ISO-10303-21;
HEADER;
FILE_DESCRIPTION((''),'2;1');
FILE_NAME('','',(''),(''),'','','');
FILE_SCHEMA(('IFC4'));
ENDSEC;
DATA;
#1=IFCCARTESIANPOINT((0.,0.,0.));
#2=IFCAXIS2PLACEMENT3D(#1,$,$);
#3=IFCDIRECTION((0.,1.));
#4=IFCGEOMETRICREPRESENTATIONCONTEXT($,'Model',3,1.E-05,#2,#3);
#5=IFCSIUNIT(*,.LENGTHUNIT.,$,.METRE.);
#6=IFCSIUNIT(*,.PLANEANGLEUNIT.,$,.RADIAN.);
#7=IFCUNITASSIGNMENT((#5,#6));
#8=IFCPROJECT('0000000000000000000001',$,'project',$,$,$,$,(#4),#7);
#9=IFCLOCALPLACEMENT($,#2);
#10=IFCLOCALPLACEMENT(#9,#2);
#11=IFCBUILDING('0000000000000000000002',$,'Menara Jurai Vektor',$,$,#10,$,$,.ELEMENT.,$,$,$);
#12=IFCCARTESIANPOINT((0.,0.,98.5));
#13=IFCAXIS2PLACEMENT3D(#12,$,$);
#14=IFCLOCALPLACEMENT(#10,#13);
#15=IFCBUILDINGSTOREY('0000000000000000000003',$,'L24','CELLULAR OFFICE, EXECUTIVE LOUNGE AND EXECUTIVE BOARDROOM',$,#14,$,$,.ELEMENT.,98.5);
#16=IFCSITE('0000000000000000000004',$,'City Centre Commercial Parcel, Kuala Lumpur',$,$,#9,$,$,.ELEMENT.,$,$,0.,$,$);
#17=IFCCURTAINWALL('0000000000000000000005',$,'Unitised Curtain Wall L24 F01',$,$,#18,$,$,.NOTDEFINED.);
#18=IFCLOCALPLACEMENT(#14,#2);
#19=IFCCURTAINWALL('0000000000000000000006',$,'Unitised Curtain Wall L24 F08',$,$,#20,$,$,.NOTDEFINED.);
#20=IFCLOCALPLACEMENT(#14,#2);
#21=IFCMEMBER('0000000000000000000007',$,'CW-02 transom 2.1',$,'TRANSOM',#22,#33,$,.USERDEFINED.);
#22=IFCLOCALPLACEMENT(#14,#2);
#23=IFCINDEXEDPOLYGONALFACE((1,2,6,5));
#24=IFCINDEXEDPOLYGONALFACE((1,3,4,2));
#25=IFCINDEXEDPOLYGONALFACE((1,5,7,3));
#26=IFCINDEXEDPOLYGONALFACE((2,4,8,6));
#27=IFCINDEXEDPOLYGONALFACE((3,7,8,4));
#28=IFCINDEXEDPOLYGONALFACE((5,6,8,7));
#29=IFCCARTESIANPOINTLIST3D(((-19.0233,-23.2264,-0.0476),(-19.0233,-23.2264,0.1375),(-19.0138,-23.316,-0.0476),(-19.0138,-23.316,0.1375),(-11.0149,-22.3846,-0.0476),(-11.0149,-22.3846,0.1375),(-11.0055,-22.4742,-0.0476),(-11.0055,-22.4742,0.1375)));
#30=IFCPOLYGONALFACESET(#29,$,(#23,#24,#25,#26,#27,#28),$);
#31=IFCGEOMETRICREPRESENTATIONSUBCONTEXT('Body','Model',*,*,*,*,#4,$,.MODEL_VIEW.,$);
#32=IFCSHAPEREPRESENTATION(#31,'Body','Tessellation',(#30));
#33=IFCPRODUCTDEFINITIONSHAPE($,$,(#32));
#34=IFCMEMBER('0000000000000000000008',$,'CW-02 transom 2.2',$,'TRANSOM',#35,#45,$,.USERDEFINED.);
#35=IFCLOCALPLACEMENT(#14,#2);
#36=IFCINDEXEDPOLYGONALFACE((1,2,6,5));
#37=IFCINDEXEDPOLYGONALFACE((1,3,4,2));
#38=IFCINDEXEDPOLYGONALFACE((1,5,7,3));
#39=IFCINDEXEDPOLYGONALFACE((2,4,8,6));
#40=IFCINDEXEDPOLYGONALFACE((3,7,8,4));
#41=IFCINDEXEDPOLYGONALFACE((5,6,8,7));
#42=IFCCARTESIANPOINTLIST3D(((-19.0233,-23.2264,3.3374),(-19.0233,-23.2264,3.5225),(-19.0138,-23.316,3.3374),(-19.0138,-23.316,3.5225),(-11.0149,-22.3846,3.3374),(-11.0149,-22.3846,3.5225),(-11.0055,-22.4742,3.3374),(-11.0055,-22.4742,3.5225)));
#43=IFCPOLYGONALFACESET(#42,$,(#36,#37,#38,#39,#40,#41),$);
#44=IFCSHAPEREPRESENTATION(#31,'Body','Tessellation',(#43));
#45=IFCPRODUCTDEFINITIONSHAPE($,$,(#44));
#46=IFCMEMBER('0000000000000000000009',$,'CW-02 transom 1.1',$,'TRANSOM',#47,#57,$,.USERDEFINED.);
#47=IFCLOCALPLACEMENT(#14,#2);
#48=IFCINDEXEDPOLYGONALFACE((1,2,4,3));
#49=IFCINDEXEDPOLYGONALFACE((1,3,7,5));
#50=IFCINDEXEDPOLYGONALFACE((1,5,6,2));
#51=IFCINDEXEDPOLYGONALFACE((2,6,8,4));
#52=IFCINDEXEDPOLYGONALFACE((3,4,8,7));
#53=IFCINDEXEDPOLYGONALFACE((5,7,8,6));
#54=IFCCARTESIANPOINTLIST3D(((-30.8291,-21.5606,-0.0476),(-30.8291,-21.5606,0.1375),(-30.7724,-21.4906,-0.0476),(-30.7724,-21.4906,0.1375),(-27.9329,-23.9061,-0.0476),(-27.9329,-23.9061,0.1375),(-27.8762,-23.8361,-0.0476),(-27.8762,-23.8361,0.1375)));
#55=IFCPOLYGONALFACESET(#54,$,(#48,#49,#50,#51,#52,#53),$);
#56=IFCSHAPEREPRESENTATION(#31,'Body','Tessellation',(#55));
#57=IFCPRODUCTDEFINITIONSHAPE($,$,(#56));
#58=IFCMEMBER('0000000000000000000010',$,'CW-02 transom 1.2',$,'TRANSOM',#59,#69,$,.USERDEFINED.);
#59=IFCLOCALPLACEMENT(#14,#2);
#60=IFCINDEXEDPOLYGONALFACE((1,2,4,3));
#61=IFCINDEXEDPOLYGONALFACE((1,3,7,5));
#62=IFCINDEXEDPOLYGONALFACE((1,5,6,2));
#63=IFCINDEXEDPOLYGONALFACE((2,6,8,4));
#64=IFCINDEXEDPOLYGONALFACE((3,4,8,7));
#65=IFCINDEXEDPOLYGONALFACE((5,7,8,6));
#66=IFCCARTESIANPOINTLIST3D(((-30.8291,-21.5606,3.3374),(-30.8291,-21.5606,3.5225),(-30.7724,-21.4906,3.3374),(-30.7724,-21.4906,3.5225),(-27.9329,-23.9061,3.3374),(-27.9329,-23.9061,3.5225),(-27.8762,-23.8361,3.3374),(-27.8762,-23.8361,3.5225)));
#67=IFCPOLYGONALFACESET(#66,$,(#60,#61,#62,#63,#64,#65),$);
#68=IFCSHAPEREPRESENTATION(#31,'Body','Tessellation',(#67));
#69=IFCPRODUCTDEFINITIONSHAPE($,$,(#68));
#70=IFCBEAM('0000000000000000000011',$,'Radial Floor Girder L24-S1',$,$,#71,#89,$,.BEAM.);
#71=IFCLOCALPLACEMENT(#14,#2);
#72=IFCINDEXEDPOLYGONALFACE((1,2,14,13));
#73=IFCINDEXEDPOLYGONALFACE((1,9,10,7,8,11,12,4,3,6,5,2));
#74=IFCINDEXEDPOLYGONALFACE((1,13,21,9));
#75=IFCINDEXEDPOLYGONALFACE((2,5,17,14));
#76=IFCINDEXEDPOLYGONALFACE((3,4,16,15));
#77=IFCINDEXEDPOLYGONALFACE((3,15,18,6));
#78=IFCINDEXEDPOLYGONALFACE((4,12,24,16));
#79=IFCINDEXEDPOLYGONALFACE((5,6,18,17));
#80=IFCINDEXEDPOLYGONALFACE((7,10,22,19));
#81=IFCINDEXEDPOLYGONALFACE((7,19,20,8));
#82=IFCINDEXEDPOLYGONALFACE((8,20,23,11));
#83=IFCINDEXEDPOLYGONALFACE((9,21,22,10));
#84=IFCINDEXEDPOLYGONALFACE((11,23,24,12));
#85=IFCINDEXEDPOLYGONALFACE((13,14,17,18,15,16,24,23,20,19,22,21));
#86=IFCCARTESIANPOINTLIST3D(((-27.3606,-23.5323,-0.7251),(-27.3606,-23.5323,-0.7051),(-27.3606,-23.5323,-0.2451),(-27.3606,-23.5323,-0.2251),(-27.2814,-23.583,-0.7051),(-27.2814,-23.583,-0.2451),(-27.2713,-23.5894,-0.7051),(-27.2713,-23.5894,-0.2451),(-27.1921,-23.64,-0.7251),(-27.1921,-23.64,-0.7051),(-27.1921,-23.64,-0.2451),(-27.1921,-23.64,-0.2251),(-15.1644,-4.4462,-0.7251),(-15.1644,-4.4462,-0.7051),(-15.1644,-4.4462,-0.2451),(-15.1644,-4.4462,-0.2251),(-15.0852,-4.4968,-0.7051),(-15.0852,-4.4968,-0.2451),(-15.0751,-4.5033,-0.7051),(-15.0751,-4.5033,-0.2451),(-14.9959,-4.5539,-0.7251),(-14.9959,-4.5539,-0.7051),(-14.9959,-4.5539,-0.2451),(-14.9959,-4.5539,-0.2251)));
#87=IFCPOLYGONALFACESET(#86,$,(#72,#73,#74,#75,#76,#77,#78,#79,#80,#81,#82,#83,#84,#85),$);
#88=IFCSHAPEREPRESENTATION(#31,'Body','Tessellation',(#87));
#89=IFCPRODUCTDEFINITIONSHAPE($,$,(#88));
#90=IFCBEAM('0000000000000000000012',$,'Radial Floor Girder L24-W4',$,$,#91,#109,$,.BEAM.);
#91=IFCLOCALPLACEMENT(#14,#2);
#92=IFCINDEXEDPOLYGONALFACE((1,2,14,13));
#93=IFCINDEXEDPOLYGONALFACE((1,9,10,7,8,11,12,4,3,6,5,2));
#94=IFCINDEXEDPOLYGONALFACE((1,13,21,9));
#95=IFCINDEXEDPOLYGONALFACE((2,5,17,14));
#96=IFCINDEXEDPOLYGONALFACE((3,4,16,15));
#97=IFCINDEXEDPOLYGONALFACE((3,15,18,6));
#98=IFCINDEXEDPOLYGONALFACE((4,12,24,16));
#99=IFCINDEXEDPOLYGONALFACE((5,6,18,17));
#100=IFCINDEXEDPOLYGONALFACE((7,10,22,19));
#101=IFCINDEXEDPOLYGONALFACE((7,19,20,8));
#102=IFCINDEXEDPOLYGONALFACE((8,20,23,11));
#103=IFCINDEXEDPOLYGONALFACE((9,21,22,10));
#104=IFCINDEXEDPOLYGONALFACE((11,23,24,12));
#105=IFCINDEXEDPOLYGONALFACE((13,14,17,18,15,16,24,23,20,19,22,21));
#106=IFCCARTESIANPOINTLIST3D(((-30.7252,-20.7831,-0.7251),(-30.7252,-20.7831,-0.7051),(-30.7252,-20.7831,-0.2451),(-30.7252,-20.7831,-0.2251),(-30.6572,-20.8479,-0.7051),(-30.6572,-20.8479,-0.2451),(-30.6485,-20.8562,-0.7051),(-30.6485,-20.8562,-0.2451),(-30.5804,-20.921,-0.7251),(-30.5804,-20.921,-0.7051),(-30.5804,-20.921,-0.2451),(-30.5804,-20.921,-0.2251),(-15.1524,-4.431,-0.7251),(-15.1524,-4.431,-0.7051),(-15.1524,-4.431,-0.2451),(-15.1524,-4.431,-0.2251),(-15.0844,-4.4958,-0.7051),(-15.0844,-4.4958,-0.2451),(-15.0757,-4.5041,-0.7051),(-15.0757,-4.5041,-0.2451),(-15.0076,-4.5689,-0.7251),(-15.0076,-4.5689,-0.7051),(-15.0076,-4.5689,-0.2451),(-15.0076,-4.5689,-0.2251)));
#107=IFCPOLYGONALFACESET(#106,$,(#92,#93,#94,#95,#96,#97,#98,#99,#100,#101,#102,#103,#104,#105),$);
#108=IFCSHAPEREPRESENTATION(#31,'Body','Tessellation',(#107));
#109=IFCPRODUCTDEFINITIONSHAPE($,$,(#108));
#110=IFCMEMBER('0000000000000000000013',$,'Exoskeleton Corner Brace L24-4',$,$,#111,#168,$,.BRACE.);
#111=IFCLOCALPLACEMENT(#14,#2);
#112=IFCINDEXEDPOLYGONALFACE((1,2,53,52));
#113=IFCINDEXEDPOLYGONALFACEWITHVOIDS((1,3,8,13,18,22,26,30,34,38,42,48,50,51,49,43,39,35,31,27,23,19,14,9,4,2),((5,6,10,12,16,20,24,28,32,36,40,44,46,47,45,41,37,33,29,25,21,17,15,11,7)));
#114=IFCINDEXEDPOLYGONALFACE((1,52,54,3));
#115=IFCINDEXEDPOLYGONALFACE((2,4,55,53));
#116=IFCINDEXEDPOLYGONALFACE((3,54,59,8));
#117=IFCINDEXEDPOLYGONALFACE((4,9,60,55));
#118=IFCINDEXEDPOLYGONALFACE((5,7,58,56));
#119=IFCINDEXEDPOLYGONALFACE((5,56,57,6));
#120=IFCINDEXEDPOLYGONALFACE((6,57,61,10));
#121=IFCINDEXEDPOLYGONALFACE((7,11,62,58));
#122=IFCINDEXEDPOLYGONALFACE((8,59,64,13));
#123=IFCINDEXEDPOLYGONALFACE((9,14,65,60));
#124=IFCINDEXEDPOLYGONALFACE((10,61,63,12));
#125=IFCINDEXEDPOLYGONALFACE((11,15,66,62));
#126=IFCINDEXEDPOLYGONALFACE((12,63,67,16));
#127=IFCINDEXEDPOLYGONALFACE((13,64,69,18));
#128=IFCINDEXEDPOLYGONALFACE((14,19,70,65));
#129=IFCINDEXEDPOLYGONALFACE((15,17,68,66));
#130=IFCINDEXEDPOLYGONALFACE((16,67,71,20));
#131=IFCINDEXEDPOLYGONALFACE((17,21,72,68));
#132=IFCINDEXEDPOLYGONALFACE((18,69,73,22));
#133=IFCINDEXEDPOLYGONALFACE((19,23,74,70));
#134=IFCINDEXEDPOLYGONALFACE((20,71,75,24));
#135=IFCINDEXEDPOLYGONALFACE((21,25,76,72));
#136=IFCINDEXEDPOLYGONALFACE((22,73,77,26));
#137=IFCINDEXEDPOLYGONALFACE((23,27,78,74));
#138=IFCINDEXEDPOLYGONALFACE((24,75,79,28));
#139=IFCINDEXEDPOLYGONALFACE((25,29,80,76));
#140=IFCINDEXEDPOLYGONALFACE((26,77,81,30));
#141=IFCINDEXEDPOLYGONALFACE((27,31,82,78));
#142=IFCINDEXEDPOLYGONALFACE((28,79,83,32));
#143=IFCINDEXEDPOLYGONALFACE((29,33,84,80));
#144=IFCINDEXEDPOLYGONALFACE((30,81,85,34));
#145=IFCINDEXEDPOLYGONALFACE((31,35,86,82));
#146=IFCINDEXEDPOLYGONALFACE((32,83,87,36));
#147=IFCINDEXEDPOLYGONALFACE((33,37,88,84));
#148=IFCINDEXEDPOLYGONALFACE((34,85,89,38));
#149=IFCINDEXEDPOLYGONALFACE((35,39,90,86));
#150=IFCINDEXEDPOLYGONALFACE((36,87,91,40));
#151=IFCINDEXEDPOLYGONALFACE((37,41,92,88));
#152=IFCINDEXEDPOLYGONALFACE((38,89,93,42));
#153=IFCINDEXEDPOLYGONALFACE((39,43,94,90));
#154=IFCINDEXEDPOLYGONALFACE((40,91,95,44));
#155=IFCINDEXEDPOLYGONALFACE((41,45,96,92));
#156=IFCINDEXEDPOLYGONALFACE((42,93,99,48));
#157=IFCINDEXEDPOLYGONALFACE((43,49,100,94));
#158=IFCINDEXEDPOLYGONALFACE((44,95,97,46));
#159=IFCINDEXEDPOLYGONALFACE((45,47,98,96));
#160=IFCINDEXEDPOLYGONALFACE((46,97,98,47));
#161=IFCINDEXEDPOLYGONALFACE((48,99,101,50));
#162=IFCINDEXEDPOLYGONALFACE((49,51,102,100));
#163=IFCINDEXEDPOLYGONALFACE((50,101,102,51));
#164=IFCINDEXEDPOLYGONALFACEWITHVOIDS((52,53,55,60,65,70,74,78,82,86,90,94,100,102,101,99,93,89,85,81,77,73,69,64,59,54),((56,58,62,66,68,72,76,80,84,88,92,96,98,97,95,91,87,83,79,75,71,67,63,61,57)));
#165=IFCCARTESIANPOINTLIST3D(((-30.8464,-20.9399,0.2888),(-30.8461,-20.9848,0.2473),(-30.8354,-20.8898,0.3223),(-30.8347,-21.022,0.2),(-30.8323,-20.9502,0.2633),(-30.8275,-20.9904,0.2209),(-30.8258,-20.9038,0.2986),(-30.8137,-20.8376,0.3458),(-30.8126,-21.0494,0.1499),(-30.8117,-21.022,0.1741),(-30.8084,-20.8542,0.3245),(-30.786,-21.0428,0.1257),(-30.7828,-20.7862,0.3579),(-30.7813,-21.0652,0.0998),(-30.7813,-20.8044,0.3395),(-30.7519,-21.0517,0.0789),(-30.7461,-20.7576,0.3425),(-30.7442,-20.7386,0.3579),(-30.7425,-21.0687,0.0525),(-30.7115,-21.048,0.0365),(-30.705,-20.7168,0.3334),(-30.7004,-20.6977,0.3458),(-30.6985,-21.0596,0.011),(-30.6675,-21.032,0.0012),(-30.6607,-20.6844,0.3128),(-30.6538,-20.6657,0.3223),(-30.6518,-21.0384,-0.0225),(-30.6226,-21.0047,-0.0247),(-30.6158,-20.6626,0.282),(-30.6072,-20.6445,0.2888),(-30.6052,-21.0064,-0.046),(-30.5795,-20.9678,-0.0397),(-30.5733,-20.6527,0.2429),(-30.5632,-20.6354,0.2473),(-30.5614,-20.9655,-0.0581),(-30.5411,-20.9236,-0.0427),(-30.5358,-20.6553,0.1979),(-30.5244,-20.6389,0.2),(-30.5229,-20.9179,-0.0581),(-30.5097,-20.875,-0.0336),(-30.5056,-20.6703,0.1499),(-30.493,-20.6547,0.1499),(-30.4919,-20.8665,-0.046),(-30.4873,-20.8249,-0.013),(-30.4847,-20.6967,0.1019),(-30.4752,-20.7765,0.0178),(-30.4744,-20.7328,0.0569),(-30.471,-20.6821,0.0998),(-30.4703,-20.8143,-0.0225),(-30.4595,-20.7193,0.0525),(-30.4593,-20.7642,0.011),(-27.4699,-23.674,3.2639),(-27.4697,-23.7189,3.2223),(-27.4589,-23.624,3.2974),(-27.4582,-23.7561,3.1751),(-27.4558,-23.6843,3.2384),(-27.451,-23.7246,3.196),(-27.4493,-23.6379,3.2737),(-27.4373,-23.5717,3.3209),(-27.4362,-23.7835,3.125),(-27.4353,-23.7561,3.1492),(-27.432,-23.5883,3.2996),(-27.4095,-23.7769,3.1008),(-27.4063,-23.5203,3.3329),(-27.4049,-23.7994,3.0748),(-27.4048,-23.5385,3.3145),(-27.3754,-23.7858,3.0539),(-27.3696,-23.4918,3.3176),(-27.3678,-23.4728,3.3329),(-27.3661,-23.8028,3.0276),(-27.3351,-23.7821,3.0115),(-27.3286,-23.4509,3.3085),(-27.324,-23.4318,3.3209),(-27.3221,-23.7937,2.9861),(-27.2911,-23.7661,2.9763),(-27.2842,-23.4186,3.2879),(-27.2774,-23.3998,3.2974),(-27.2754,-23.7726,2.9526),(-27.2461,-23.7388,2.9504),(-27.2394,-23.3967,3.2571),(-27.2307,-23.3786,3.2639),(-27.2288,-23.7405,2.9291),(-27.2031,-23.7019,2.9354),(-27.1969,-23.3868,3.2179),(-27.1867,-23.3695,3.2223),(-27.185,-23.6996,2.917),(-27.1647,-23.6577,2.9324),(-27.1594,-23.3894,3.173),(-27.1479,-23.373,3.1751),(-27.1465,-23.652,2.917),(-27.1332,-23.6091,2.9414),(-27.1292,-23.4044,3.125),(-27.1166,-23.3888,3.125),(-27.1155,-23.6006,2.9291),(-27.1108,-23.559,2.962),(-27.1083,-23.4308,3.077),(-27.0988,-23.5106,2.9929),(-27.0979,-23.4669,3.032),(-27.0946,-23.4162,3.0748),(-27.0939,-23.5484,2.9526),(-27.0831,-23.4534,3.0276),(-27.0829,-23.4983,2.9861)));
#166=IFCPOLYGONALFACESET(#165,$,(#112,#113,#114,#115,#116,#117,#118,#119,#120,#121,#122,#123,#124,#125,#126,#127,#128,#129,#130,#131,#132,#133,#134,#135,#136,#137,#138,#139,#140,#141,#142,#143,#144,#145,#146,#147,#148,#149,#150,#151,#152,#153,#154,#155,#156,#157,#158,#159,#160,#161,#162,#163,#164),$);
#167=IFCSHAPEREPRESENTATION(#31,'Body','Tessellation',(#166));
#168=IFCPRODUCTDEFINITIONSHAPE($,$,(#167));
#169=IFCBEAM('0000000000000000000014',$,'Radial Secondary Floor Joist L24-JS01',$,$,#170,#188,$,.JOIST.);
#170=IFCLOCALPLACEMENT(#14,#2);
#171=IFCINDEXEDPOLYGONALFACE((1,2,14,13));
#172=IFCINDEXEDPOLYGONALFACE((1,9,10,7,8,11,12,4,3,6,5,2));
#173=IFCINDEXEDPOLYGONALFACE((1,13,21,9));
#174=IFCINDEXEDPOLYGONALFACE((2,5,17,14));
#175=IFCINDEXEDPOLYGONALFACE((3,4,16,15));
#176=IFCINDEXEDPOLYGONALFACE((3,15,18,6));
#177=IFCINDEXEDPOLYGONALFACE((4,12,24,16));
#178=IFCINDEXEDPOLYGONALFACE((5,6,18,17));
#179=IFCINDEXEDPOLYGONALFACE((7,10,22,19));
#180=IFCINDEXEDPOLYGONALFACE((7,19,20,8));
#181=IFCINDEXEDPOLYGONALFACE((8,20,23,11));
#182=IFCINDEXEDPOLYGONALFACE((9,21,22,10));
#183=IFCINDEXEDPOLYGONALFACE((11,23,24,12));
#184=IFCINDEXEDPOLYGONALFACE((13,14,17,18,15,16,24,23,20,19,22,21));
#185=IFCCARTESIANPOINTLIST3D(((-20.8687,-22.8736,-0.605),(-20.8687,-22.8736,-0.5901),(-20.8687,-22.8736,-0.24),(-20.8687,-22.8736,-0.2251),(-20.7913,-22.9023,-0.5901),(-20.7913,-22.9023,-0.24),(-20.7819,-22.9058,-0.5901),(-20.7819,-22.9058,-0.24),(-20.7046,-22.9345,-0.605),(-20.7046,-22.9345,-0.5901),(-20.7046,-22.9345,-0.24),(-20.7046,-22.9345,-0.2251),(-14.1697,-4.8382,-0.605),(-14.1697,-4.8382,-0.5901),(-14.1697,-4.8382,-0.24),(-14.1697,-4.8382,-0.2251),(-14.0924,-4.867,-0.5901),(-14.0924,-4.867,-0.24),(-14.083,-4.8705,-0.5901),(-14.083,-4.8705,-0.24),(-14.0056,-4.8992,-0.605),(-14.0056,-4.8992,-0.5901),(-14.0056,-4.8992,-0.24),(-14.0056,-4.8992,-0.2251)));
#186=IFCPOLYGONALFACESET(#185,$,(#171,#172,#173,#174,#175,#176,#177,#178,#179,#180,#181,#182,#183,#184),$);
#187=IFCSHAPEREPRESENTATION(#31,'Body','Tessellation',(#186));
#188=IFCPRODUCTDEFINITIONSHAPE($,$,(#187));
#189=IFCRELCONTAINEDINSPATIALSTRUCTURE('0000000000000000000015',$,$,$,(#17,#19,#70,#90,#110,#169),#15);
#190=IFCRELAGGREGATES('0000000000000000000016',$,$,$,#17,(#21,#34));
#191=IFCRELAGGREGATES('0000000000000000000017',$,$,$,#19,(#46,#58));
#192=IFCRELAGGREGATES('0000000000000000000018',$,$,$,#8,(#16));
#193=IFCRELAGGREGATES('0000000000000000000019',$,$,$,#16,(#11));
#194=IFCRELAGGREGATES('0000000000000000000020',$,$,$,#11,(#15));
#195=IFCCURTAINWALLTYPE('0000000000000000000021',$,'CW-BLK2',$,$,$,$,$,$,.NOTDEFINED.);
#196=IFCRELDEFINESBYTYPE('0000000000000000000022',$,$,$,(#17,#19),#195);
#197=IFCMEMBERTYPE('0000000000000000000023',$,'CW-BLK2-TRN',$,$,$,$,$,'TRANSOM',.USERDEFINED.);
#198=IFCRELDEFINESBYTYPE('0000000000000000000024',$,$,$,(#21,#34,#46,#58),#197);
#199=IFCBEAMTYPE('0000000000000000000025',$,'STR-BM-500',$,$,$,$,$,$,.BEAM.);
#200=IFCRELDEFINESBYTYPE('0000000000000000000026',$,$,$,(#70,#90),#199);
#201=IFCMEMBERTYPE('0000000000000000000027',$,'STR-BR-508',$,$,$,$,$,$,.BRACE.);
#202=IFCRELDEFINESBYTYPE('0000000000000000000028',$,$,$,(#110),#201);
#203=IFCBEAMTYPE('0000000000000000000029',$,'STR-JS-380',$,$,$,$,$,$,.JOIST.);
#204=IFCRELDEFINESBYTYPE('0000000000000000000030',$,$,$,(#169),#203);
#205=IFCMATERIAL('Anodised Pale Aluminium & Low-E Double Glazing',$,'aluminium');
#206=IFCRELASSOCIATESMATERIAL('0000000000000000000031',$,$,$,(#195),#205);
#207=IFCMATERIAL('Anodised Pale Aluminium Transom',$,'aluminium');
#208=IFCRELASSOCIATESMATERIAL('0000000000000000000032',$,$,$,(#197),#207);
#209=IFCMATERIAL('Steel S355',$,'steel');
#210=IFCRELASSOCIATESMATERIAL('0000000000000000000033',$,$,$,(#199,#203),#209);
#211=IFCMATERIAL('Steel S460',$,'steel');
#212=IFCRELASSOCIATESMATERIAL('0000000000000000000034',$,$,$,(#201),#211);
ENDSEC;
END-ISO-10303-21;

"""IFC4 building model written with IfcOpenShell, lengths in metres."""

from ifc_helpers import new_model, si_unit, direction, frame, origin, origin_2d, place, context, subcontext, project, spatial, rectangle, hollow_circle, i_section, extrude, material, material_profile, profile_set, type_object, element, aggregate, save


model = new_model("IFC4")

# Units and contexts
model_context = context("Model", 3, precision=1e-05, world=origin(), true_north=direction((0.0, 1.0)))
body_context = subcontext(model_context, "Body", "Model", "MODEL_VIEW")
ifc_project = project(units=[si_unit("LENGTHUNIT", "METRE"), si_unit("PLANEANGLEUNIT", "RADIAN")], contexts=[model_context])

# Site, building, storey
site_placement = place(None, origin())
site = spatial("IfcSite", under=ifc_project, at=site_placement, Name="City Centre Commercial Parcel, Kuala Lumpur", CompositionType="ELEMENT", RefElevation=0.0)
building_placement = place(site_placement, origin())
building = spatial("IfcBuilding", under=site, at=building_placement, Name="Menara Jurai Vektor", CompositionType="ELEMENT")
storey_placement = place(building_placement, frame((0.0, 0.0, 98.5)))
storey = spatial("IfcBuildingStorey", under=building, at=storey_placement, Name="L24", Description="CELLULAR OFFICE, EXECUTIVE LOUNGE AND EXECUTIVE BOARDROOM", CompositionType="ELEMENT", Elevation=98.5)

# Shared definitions
ifc_material_1 = material(Name="Steel S460", Category="steel")

# Curtain wall
ifc_material_2 = material(Name="Anodised Pale Aluminium & Low-E Double Glazing", Category="aluminium")
curtain_wall_type = type_object("IfcCurtainWallType", Name="CW-BLK2", PredefinedType="NOTDEFINED", material=ifc_material_2)
curtain_wall_1_placement = place(storey_placement, origin())
curtain_wall_1 = element("IfcCurtainWall", 1, at=curtain_wall_1_placement, inside=storey, type_object=curtain_wall_type, Name="Unitised Curtain Wall L24 F01", PredefinedType="NOTDEFINED")

# Curtain wall
curtain_wall_2_placement = place(storey_placement, origin())
curtain_wall_2 = element("IfcCurtainWall", 2, at=curtain_wall_2_placement, inside=storey, type_object=curtain_wall_type, Name="Unitised Curtain Wall L24 F08", PredefinedType="NOTDEFINED")

# Members
ifc_material_3 = material(Name="Anodised Pale Aluminium Transom", Category="aluminium")
ifc_material_profile_1 = material_profile(ifc_material_3, rectangle(XDim=0.0901, YDim=0.1851, at=origin_2d()), Name="ALU TRN 90x185")
ifc_profile_set_1 = profile_set([ifc_material_profile_1], Name="Anodised Pale Aluminium Transom")
member_type_1 = type_object("IfcMemberType", Name="CW-BLK2-TRN", ElementType="TRANSOM", PredefinedType="USERDEFINED", material=ifc_profile_set_1)
member_1_placement = place(storey_placement, frame((-19.0186, -23.2712, 0.0449), z_axis=(0.994521, 0.10454, 0.0), x_axis=(-0.10454, 0.994521, 0.0)))
member_1 = element("IfcMember", 3, at=member_1_placement, type_object=member_type_1, Name="CW-02 transom 2.1", ObjectType="TRANSOM", PredefinedType="USERDEFINED", context=body_context, shape_type="SweptSolid", body=[
    extrude(rectangle(XDim=0.0901, YDim=0.1851, at=origin_2d()), origin(), (0.0, 0.0, 1.0), 8.0525),
])
member_2_placement = place(storey_placement, frame((-19.0186, -23.2712, 3.4299), z_axis=(0.994521, 0.10454, 0.0), x_axis=(-0.10454, 0.994521, 0.0)))
member_2 = element("IfcMember", 4, at=member_2_placement, type_object=member_type_1, Name="CW-02 transom 2.2", ObjectType="TRANSOM", PredefinedType="USERDEFINED", context=body_context, shape_type="SweptSolid", body=[
    extrude(rectangle(XDim=0.0901, YDim=0.1851, at=origin_2d()), origin(), (0.0, 0.0, 1.0), 8.0525),
])
member_3_placement = place(storey_placement, frame((-30.8008, -21.5256, 0.0449), z_axis=(0.777129, -0.629341, 0.0), x_axis=(0.629341, 0.777129, 0.0)))
member_3 = element("IfcMember", 5, at=member_3_placement, type_object=member_type_1, Name="CW-02 transom 1.1", ObjectType="TRANSOM", PredefinedType="USERDEFINED", context=body_context, shape_type="SweptSolid", body=[
    extrude(rectangle(XDim=0.0901, YDim=0.1851, at=origin_2d()), origin(), (0.0, 0.0, 1.0), 3.7268),
])
member_4_placement = place(storey_placement, frame((-30.8008, -21.5256, 3.4299), z_axis=(0.777129, -0.629341, 0.0), x_axis=(0.629341, 0.777129, 0.0)))
member_4 = element("IfcMember", 6, at=member_4_placement, type_object=member_type_1, Name="CW-02 transom 1.2", ObjectType="TRANSOM", PredefinedType="USERDEFINED", context=body_context, shape_type="SweptSolid", body=[
    extrude(rectangle(XDim=0.0901, YDim=0.1851, at=origin_2d()), origin(), (0.0, 0.0, 1.0), 3.7268),
])

# Beams
ifc_material_4 = material(Name="Steel S355", Category="steel")
ifc_material_profile_2 = material_profile(ifc_material_4, i_section(OverallWidth=0.2, OverallDepth=0.5, WebThickness=0.012, FlangeThickness=0.02, at=origin_2d()), Name="PG 500x200x96")
ifc_profile_set_2 = profile_set([ifc_material_profile_2], Name="Steel S355")
beam_type_1 = type_object("IfcBeamType", Name="STR-BM-500", PredefinedType="BEAM", material=ifc_profile_set_2)
beam_1_placement = place(storey_placement, frame((-27.2764, -23.5862, -0.4751), z_axis=(0.538463, 0.842649, 0.0), x_axis=(-0.842649, 0.538463, 0.0)))
element("IfcBeam", 7, at=beam_1_placement, inside=storey, type_object=beam_type_1, Name="Radial Floor Girder L24-S1", PredefinedType="BEAM", context=body_context, shape_type="SweptSolid", body=[
    extrude(i_section(OverallWidth=0.2, OverallDepth=0.5, WebThickness=0.012, FlangeThickness=0.02, at=origin_2d()), origin(), (0.0, 0.0, 1.0), 22.6501),
])
beam_2_placement = place(storey_placement, frame((-30.6528, -20.8521, -0.4751), z_axis=(0.689641, 0.724152, 0.0), x_axis=(-0.724152, 0.689641, 0.0)))
element("IfcBeam", 8, at=beam_2_placement, inside=storey, type_object=beam_type_1, Name="Radial Floor Girder L24-W4", PredefinedType="BEAM", context=body_context, shape_type="SweptSolid", body=[
    extrude(i_section(OverallWidth=0.2, OverallDepth=0.5, WebThickness=0.012, FlangeThickness=0.02, at=origin_2d()), origin(), (0.0, 0.0, 1.0), 22.5811),
])

# Member
ifc_material_profile_3 = material_profile(ifc_material_1, hollow_circle(Radius=0.2539, WallThickness=0.02, at=origin_2d()), Name="CHS 508x20")
ifc_profile_set_3 = profile_set([ifc_material_profile_3], Name="Steel S460")
member_type_2 = type_object("IfcMemberType", Name="STR-BR-508", PredefinedType="BRACE", material=ifc_profile_set_3)
member_5_placement = place(storey_placement, frame((-30.6528, -20.8521, 0.1499), z_axis=(0.641223, -0.519238, 0.565), x_axis=(0.62931, 0.777155, 0.0)))
element("IfcMember", 9, at=member_5_placement, inside=storey, type_object=member_type_2, Name="Exoskeleton Corner Brace L24-4", PredefinedType="BRACE", context=body_context, shape_type="SweptSolid", body=[
    extrude(hollow_circle(Radius=0.2539, WallThickness=0.02, at=origin_2d()), origin(), (0.0, 0.0, 1.0), 5.2656),
])

# Beam
ifc_material_profile_4 = material_profile(ifc_material_4, i_section(OverallWidth=0.175, OverallDepth=0.3799, WebThickness=0.01, FlangeThickness=0.0149, at=origin_2d()), Name="PG 380x175x58")
ifc_profile_set_4 = profile_set([ifc_material_profile_4], Name="Steel S355")
beam_type_2 = type_object("IfcBeamType", Name="STR-JS-380", PredefinedType="JOIST", material=ifc_profile_set_4)
beam_3_placement = place(storey_placement, frame((-20.7866, -22.9041, -0.415), z_axis=(0.348192, 0.937423, 0.0), x_axis=(-0.937423, 0.348192, 0.0)))
element("IfcBeam", 10, at=beam_3_placement, inside=storey, type_object=beam_type_2, Name="Radial Secondary Floor Joist L24-JS01", PredefinedType="JOIST", context=body_context, shape_type="SweptSolid", body=[
    extrude(i_section(OverallWidth=0.175, OverallDepth=0.3799, WebThickness=0.01, FlangeThickness=0.0149, at=origin_2d()), origin(), (0.0, 0.0, 1.0), 19.2393),
])

aggregate(curtain_wall_1, [member_1, member_2])
aggregate(curtain_wall_2, [member_3, member_4])

save(model, "model.ifc")
